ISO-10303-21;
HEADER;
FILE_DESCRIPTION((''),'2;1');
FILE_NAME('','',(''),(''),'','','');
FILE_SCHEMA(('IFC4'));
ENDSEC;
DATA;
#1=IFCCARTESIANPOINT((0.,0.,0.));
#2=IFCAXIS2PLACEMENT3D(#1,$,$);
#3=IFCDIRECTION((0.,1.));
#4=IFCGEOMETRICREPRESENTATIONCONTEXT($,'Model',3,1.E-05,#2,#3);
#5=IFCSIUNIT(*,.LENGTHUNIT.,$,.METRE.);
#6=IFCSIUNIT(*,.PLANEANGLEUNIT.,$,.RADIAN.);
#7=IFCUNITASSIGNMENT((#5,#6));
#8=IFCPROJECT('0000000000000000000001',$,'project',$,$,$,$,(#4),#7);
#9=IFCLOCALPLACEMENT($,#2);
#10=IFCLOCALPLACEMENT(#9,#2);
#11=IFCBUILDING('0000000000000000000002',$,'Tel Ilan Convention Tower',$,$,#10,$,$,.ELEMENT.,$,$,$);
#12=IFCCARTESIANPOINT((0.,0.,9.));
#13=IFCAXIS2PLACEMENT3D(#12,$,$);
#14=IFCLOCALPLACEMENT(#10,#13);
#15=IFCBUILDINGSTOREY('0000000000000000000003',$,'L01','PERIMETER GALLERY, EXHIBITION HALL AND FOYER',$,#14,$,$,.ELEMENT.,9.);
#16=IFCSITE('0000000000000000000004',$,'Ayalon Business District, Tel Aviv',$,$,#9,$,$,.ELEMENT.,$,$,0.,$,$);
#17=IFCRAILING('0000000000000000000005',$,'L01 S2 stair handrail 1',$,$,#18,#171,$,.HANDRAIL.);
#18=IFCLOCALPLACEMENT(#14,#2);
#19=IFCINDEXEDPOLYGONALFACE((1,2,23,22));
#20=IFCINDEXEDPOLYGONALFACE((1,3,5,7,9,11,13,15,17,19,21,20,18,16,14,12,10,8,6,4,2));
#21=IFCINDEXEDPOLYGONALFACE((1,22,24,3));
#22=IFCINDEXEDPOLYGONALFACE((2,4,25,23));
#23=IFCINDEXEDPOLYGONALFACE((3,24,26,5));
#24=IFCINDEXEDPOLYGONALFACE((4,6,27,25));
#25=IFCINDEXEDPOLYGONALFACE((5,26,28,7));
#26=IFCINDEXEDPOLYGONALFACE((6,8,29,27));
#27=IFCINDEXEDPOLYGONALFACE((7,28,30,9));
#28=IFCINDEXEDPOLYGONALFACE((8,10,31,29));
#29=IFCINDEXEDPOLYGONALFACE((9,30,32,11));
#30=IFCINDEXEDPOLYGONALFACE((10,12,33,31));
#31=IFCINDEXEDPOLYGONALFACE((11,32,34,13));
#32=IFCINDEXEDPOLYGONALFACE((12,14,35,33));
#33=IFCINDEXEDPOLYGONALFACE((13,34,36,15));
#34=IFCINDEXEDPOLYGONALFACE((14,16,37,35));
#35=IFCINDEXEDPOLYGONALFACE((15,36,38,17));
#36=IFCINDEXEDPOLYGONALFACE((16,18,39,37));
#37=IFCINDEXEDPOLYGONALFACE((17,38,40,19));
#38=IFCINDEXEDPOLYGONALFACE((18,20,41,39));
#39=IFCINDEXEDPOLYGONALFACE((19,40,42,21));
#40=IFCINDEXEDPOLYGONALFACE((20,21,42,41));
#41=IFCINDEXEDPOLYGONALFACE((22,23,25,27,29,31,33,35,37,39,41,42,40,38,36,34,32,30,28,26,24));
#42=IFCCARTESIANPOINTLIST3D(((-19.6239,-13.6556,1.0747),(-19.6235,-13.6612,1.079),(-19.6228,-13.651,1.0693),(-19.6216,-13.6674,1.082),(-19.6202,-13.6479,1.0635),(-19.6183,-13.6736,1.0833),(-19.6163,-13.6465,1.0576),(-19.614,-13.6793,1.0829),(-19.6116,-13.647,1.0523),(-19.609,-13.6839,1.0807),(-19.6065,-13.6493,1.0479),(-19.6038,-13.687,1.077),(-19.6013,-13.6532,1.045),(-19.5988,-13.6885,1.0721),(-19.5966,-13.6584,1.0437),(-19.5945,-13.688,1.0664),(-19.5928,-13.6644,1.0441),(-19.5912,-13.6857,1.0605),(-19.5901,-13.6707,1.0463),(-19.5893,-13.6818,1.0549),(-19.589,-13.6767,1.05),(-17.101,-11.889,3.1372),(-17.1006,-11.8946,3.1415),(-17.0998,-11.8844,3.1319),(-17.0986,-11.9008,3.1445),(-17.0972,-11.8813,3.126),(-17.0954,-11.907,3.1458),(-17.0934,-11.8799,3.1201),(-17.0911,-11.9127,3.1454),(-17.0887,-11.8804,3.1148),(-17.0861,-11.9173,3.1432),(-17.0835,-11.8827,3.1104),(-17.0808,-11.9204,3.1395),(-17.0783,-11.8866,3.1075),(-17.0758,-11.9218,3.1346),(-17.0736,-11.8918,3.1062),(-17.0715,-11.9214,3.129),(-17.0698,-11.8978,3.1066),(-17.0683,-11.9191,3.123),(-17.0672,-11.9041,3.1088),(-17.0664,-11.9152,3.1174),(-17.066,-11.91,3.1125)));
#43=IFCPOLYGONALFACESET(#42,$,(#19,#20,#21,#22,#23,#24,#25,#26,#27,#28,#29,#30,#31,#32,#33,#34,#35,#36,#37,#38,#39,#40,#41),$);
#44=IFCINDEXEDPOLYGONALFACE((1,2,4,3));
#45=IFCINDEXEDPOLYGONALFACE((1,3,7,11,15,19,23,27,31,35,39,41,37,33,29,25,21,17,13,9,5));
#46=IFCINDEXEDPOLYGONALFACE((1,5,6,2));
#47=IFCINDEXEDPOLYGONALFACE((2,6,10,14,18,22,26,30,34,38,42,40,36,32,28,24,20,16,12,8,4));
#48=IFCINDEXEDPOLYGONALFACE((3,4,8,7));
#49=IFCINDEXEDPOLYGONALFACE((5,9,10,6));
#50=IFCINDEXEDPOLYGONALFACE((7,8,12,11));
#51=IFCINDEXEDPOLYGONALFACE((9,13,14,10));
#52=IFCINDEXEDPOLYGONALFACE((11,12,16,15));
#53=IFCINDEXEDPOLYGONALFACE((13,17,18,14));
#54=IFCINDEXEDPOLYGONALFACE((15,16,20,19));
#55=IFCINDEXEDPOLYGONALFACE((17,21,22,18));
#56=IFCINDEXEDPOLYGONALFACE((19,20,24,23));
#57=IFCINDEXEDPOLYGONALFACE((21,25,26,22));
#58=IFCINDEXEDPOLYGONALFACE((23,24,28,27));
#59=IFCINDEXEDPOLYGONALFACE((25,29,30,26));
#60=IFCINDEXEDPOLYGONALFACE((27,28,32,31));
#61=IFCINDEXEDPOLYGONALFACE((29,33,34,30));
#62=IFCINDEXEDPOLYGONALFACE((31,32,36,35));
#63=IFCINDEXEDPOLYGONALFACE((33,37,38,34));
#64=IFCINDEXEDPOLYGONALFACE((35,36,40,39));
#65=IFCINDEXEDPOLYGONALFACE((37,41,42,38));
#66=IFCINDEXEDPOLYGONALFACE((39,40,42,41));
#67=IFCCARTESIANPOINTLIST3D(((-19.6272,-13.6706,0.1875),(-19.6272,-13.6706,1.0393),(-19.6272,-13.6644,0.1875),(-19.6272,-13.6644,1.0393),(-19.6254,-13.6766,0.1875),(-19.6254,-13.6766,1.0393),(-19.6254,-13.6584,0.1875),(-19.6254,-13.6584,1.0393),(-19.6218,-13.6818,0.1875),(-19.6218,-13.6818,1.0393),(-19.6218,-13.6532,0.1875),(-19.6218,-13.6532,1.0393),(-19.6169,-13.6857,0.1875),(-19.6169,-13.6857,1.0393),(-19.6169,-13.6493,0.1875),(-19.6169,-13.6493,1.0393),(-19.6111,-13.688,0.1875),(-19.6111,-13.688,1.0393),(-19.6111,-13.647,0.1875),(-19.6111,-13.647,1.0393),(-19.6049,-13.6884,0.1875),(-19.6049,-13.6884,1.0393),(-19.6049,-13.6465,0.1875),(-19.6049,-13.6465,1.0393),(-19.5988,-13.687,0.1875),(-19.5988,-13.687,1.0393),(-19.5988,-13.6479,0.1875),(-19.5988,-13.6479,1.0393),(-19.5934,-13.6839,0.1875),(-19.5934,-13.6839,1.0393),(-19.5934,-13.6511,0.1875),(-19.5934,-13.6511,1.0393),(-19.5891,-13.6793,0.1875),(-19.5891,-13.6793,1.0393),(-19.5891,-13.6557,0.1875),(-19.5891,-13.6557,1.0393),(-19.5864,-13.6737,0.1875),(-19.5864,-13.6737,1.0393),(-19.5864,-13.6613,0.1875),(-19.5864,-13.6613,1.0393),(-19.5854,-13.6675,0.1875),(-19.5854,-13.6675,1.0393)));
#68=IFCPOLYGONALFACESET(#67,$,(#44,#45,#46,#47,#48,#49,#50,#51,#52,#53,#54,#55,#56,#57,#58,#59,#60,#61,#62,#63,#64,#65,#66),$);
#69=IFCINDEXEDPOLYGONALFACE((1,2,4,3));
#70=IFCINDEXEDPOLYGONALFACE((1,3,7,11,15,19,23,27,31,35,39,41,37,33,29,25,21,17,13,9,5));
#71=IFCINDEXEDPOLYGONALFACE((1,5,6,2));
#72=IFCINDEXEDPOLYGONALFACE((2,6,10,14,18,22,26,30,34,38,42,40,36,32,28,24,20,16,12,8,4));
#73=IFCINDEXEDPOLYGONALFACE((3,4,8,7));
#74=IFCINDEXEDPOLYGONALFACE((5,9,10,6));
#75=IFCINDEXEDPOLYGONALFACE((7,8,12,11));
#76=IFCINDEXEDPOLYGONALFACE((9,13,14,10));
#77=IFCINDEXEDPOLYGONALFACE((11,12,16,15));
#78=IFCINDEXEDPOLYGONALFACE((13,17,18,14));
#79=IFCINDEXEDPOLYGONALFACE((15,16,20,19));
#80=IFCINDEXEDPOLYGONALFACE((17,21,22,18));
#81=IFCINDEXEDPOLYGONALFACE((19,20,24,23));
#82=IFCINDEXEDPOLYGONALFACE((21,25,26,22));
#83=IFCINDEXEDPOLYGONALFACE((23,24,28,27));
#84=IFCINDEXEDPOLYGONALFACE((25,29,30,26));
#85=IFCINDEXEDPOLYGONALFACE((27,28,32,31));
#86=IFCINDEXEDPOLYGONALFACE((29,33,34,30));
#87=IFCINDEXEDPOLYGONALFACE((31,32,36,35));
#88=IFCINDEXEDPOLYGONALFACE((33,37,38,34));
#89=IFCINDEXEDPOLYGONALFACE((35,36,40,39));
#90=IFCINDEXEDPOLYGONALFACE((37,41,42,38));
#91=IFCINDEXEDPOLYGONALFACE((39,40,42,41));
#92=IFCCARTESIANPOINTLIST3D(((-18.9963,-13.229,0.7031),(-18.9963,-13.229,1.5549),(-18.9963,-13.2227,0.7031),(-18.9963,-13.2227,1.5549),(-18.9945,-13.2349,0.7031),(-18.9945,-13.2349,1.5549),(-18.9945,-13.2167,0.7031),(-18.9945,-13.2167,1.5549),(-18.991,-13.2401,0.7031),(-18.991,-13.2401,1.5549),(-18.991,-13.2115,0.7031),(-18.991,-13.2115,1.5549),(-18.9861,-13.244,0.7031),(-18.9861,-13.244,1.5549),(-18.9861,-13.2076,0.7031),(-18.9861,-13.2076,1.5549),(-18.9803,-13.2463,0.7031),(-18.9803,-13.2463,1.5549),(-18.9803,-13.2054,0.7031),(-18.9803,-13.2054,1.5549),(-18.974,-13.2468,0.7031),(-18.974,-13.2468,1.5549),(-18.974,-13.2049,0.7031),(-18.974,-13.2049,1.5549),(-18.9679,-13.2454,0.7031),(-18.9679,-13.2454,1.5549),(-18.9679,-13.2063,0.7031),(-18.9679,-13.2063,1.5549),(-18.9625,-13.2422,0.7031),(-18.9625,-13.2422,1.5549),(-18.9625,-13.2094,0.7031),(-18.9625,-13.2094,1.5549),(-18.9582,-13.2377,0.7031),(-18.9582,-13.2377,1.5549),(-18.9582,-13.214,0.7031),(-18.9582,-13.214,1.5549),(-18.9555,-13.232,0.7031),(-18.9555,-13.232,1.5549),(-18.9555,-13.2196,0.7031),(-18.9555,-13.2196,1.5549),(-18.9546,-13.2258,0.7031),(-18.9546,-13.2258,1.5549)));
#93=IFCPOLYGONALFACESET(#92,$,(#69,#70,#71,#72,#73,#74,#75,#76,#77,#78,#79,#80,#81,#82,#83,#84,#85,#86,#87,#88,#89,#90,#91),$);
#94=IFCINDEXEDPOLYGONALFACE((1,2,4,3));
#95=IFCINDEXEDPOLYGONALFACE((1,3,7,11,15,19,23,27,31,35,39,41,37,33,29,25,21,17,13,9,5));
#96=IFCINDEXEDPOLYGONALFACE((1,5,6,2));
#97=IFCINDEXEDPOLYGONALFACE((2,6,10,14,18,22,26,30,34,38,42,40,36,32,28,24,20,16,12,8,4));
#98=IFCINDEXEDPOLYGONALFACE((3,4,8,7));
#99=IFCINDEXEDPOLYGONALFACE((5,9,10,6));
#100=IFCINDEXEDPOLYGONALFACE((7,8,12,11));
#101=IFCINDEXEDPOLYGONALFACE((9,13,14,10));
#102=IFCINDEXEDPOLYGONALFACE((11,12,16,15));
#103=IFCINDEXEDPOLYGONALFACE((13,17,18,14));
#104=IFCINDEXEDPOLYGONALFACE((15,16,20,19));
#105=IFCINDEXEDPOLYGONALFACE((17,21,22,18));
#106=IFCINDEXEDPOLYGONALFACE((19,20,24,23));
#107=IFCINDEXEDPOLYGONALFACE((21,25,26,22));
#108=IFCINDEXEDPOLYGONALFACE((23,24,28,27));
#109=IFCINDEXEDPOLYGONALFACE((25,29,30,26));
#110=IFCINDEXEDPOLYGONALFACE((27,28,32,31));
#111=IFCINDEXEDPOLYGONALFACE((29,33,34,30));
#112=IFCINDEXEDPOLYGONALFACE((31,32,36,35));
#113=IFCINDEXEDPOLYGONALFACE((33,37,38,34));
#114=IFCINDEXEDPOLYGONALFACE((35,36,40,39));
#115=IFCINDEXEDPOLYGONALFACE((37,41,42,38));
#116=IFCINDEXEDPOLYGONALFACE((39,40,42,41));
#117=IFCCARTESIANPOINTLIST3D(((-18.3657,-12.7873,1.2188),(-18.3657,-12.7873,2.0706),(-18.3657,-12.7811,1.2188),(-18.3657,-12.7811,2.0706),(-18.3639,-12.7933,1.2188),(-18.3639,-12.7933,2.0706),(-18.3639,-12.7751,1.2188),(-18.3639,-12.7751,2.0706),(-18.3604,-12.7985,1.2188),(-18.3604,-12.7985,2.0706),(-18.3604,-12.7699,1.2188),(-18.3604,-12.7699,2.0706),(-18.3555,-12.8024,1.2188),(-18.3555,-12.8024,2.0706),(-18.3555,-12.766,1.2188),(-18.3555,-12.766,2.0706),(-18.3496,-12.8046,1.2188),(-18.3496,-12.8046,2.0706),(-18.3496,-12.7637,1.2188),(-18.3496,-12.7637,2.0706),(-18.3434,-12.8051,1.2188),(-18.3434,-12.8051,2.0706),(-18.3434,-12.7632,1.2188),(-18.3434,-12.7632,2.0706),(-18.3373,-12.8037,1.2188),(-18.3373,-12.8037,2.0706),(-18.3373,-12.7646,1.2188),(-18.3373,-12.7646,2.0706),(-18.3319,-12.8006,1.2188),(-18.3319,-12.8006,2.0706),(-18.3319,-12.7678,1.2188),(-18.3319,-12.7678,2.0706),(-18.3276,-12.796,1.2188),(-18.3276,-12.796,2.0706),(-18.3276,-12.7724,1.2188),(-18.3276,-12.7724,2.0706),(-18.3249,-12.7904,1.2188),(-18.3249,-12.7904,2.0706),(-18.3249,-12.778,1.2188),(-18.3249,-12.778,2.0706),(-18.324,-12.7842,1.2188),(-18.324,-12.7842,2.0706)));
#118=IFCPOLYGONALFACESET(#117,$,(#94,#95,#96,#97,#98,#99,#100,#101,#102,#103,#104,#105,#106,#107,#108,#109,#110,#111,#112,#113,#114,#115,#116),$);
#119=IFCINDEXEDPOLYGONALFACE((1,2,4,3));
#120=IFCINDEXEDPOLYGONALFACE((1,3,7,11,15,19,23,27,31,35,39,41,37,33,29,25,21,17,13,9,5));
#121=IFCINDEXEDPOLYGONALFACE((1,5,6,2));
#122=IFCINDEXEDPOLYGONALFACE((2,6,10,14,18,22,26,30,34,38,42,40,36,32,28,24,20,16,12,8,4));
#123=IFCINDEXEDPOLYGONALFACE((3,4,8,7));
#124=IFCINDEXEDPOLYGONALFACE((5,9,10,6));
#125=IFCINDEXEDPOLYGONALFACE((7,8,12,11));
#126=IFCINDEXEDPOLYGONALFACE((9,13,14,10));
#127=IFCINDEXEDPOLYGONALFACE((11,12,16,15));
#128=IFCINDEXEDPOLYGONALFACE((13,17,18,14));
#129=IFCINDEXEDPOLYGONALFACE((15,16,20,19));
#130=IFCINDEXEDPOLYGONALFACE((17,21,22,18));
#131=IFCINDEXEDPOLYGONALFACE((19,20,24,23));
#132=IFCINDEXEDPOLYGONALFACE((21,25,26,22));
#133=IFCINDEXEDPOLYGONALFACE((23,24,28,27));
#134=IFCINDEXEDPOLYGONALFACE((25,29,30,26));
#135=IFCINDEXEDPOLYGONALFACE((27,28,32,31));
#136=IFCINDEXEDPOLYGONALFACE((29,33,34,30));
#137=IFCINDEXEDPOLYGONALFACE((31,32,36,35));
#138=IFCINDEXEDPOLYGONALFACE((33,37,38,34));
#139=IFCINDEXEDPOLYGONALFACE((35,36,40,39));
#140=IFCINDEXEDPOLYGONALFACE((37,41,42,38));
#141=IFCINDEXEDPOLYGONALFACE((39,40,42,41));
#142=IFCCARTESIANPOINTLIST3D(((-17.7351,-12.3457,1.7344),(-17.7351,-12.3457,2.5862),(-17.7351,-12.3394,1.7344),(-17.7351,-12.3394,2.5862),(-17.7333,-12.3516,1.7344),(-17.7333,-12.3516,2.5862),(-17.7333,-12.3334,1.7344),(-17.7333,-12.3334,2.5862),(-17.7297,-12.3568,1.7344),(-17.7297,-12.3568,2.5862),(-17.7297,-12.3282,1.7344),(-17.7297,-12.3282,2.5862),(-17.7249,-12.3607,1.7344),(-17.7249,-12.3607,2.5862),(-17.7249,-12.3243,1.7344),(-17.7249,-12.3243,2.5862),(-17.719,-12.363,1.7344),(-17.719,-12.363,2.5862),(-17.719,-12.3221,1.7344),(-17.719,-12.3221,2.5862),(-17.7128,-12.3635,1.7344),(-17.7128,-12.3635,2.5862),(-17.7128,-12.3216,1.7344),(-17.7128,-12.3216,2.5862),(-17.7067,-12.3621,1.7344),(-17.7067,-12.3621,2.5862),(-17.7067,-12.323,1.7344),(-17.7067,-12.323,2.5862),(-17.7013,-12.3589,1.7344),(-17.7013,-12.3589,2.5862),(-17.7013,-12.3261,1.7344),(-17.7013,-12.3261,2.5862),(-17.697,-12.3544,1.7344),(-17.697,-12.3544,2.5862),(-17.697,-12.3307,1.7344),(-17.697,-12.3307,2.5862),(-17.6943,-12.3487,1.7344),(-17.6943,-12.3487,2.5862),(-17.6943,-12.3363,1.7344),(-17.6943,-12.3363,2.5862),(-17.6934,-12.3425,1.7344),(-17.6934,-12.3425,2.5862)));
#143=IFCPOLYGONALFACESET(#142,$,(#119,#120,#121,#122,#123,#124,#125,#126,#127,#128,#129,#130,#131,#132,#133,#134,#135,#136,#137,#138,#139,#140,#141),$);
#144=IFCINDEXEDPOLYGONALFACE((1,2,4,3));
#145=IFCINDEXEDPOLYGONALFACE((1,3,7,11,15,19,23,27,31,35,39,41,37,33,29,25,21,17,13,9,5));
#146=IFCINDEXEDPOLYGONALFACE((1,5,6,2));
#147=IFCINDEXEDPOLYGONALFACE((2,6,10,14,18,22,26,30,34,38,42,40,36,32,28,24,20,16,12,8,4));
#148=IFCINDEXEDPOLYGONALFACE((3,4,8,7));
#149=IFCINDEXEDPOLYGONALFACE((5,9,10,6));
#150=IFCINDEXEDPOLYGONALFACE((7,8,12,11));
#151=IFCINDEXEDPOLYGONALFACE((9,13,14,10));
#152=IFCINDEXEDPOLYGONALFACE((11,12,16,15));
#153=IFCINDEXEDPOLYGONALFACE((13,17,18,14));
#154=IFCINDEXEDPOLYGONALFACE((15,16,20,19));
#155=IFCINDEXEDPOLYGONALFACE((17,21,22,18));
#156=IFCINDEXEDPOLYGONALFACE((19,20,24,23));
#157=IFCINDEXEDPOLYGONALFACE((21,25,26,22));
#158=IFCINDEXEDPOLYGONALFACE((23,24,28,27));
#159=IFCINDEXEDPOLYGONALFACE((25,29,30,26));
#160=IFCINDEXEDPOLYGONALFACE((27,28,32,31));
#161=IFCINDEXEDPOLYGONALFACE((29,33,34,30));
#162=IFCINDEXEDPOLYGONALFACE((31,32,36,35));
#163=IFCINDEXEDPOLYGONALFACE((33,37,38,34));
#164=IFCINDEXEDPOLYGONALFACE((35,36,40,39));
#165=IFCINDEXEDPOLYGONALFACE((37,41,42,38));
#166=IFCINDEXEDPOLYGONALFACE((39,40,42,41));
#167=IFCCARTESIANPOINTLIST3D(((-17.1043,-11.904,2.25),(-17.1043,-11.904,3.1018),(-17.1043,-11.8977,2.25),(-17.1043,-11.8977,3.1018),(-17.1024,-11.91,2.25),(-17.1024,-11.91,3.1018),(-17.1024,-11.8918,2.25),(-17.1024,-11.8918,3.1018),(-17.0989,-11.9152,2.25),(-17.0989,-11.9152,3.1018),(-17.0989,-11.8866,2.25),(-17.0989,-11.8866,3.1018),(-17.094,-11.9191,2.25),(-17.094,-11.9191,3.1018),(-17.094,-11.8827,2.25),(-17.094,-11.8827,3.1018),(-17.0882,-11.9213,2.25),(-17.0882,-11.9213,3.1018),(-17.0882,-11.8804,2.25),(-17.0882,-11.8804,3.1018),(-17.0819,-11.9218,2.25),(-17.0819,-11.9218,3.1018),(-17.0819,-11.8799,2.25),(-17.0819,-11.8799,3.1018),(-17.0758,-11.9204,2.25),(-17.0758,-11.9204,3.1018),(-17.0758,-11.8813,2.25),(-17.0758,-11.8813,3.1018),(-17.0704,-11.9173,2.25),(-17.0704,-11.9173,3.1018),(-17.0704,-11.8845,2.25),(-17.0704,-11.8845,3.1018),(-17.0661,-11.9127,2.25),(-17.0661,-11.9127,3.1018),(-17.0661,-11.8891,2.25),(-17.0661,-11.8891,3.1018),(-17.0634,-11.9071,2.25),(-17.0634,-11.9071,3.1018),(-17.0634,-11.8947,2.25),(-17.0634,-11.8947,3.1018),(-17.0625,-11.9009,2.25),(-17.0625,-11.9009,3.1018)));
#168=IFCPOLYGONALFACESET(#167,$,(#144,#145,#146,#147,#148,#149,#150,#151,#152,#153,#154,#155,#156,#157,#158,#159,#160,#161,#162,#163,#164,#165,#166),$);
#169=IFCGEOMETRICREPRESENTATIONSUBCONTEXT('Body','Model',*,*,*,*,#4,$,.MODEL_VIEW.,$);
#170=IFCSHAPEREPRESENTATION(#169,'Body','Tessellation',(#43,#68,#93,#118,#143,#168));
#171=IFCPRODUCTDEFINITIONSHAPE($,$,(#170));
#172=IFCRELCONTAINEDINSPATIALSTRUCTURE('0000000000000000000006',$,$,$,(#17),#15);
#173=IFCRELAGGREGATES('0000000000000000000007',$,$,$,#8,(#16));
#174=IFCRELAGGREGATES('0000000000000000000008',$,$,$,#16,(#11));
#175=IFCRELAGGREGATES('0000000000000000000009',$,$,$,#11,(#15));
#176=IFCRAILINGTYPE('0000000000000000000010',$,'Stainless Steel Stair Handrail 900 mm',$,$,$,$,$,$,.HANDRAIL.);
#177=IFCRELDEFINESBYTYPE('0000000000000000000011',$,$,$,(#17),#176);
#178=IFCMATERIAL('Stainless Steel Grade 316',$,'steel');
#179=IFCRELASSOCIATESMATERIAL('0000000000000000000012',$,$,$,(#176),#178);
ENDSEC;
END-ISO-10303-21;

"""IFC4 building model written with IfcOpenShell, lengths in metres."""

from ifc_helpers import new_model, si_unit, direction, frame, origin, origin_2d, place, context, subcontext, project, spatial, circle, extrude, material, type_object, element, save


model = new_model("IFC4")

# Units and contexts
model_context = context("Model", 3, precision=1e-05, world=origin(), true_north=direction((0.0, 1.0)))
body_context = subcontext(model_context, "Body", "Model", "MODEL_VIEW")
ifc_project = project(units=[si_unit("LENGTHUNIT", "METRE"), si_unit("PLANEANGLEUNIT", "RADIAN")], contexts=[model_context])

# Site, building, storey
site_placement = place(None, origin())
site = spatial("IfcSite", under=ifc_project, at=site_placement, Name="Ayalon Business District, Tel Aviv", CompositionType="ELEMENT", RefElevation=0.0)
building_placement = place(site_placement, origin())
building = spatial("IfcBuilding", under=site, at=building_placement, Name="Tel Ilan Convention Tower", CompositionType="ELEMENT")
storey_placement = place(building_placement, frame((0.0, 0.0, 9.0)))
storey = spatial("IfcBuildingStorey", under=building, at=storey_placement, Name="L01", Description="PERIMETER GALLERY, EXHIBITION HALL AND FOYER", CompositionType="ELEMENT", Elevation=9.0)

# Railing
ifc_material_1 = material(Name="Stainless Steel Grade 316", Category="steel")
railing_type_1 = type_object("IfcRailingType", Name="Stainless Steel Stair Handrail 900 mm", PredefinedType="HANDRAIL", material=ifc_material_1)
railing_1_placement = place(storey_placement, frame((-19.6064, -13.6675, 0.1875)))
element("IfcRailing", 1, at=railing_1_placement, inside=storey, type_object=railing_type_1, Name="L01 S2 stair handrail 1", PredefinedType="HANDRAIL", context=body_context, shape_type="SweptSolid", body=[
    extrude(circle(Radius=0.0239, at=origin_2d()), frame((0.0, 0.0, 0.876), z_axis=(0.680635, 0.476589, 0.556416), x_axis=(-0.573579, 0.81915, 0.0)), (0.0, 0.0, 1.0), 3.7068),
    extrude(circle(Radius=0.021, at=origin_2d()), origin(), (0.0, 0.0, 1.0), 0.8518),
    extrude(circle(Radius=0.021, at=origin_2d()), frame((0.6309, 0.4417, 0.5156)), (0.0, 0.0, 1.0), 0.8518),
    extrude(circle(Radius=0.021, at=origin_2d()), frame((1.2615, 0.8833, 1.0312)), (0.0, 0.0, 1.0), 0.8518),
    extrude(circle(Radius=0.021, at=origin_2d()), frame((1.8921, 1.325, 1.5469)), (0.0, 0.0, 1.0), 0.8518),
    extrude(circle(Radius=0.021, at=origin_2d()), frame((2.5229, 1.7666, 2.0625)), (0.0, 0.0, 1.0), 0.8518),
])

save(model, "model.ifc")
